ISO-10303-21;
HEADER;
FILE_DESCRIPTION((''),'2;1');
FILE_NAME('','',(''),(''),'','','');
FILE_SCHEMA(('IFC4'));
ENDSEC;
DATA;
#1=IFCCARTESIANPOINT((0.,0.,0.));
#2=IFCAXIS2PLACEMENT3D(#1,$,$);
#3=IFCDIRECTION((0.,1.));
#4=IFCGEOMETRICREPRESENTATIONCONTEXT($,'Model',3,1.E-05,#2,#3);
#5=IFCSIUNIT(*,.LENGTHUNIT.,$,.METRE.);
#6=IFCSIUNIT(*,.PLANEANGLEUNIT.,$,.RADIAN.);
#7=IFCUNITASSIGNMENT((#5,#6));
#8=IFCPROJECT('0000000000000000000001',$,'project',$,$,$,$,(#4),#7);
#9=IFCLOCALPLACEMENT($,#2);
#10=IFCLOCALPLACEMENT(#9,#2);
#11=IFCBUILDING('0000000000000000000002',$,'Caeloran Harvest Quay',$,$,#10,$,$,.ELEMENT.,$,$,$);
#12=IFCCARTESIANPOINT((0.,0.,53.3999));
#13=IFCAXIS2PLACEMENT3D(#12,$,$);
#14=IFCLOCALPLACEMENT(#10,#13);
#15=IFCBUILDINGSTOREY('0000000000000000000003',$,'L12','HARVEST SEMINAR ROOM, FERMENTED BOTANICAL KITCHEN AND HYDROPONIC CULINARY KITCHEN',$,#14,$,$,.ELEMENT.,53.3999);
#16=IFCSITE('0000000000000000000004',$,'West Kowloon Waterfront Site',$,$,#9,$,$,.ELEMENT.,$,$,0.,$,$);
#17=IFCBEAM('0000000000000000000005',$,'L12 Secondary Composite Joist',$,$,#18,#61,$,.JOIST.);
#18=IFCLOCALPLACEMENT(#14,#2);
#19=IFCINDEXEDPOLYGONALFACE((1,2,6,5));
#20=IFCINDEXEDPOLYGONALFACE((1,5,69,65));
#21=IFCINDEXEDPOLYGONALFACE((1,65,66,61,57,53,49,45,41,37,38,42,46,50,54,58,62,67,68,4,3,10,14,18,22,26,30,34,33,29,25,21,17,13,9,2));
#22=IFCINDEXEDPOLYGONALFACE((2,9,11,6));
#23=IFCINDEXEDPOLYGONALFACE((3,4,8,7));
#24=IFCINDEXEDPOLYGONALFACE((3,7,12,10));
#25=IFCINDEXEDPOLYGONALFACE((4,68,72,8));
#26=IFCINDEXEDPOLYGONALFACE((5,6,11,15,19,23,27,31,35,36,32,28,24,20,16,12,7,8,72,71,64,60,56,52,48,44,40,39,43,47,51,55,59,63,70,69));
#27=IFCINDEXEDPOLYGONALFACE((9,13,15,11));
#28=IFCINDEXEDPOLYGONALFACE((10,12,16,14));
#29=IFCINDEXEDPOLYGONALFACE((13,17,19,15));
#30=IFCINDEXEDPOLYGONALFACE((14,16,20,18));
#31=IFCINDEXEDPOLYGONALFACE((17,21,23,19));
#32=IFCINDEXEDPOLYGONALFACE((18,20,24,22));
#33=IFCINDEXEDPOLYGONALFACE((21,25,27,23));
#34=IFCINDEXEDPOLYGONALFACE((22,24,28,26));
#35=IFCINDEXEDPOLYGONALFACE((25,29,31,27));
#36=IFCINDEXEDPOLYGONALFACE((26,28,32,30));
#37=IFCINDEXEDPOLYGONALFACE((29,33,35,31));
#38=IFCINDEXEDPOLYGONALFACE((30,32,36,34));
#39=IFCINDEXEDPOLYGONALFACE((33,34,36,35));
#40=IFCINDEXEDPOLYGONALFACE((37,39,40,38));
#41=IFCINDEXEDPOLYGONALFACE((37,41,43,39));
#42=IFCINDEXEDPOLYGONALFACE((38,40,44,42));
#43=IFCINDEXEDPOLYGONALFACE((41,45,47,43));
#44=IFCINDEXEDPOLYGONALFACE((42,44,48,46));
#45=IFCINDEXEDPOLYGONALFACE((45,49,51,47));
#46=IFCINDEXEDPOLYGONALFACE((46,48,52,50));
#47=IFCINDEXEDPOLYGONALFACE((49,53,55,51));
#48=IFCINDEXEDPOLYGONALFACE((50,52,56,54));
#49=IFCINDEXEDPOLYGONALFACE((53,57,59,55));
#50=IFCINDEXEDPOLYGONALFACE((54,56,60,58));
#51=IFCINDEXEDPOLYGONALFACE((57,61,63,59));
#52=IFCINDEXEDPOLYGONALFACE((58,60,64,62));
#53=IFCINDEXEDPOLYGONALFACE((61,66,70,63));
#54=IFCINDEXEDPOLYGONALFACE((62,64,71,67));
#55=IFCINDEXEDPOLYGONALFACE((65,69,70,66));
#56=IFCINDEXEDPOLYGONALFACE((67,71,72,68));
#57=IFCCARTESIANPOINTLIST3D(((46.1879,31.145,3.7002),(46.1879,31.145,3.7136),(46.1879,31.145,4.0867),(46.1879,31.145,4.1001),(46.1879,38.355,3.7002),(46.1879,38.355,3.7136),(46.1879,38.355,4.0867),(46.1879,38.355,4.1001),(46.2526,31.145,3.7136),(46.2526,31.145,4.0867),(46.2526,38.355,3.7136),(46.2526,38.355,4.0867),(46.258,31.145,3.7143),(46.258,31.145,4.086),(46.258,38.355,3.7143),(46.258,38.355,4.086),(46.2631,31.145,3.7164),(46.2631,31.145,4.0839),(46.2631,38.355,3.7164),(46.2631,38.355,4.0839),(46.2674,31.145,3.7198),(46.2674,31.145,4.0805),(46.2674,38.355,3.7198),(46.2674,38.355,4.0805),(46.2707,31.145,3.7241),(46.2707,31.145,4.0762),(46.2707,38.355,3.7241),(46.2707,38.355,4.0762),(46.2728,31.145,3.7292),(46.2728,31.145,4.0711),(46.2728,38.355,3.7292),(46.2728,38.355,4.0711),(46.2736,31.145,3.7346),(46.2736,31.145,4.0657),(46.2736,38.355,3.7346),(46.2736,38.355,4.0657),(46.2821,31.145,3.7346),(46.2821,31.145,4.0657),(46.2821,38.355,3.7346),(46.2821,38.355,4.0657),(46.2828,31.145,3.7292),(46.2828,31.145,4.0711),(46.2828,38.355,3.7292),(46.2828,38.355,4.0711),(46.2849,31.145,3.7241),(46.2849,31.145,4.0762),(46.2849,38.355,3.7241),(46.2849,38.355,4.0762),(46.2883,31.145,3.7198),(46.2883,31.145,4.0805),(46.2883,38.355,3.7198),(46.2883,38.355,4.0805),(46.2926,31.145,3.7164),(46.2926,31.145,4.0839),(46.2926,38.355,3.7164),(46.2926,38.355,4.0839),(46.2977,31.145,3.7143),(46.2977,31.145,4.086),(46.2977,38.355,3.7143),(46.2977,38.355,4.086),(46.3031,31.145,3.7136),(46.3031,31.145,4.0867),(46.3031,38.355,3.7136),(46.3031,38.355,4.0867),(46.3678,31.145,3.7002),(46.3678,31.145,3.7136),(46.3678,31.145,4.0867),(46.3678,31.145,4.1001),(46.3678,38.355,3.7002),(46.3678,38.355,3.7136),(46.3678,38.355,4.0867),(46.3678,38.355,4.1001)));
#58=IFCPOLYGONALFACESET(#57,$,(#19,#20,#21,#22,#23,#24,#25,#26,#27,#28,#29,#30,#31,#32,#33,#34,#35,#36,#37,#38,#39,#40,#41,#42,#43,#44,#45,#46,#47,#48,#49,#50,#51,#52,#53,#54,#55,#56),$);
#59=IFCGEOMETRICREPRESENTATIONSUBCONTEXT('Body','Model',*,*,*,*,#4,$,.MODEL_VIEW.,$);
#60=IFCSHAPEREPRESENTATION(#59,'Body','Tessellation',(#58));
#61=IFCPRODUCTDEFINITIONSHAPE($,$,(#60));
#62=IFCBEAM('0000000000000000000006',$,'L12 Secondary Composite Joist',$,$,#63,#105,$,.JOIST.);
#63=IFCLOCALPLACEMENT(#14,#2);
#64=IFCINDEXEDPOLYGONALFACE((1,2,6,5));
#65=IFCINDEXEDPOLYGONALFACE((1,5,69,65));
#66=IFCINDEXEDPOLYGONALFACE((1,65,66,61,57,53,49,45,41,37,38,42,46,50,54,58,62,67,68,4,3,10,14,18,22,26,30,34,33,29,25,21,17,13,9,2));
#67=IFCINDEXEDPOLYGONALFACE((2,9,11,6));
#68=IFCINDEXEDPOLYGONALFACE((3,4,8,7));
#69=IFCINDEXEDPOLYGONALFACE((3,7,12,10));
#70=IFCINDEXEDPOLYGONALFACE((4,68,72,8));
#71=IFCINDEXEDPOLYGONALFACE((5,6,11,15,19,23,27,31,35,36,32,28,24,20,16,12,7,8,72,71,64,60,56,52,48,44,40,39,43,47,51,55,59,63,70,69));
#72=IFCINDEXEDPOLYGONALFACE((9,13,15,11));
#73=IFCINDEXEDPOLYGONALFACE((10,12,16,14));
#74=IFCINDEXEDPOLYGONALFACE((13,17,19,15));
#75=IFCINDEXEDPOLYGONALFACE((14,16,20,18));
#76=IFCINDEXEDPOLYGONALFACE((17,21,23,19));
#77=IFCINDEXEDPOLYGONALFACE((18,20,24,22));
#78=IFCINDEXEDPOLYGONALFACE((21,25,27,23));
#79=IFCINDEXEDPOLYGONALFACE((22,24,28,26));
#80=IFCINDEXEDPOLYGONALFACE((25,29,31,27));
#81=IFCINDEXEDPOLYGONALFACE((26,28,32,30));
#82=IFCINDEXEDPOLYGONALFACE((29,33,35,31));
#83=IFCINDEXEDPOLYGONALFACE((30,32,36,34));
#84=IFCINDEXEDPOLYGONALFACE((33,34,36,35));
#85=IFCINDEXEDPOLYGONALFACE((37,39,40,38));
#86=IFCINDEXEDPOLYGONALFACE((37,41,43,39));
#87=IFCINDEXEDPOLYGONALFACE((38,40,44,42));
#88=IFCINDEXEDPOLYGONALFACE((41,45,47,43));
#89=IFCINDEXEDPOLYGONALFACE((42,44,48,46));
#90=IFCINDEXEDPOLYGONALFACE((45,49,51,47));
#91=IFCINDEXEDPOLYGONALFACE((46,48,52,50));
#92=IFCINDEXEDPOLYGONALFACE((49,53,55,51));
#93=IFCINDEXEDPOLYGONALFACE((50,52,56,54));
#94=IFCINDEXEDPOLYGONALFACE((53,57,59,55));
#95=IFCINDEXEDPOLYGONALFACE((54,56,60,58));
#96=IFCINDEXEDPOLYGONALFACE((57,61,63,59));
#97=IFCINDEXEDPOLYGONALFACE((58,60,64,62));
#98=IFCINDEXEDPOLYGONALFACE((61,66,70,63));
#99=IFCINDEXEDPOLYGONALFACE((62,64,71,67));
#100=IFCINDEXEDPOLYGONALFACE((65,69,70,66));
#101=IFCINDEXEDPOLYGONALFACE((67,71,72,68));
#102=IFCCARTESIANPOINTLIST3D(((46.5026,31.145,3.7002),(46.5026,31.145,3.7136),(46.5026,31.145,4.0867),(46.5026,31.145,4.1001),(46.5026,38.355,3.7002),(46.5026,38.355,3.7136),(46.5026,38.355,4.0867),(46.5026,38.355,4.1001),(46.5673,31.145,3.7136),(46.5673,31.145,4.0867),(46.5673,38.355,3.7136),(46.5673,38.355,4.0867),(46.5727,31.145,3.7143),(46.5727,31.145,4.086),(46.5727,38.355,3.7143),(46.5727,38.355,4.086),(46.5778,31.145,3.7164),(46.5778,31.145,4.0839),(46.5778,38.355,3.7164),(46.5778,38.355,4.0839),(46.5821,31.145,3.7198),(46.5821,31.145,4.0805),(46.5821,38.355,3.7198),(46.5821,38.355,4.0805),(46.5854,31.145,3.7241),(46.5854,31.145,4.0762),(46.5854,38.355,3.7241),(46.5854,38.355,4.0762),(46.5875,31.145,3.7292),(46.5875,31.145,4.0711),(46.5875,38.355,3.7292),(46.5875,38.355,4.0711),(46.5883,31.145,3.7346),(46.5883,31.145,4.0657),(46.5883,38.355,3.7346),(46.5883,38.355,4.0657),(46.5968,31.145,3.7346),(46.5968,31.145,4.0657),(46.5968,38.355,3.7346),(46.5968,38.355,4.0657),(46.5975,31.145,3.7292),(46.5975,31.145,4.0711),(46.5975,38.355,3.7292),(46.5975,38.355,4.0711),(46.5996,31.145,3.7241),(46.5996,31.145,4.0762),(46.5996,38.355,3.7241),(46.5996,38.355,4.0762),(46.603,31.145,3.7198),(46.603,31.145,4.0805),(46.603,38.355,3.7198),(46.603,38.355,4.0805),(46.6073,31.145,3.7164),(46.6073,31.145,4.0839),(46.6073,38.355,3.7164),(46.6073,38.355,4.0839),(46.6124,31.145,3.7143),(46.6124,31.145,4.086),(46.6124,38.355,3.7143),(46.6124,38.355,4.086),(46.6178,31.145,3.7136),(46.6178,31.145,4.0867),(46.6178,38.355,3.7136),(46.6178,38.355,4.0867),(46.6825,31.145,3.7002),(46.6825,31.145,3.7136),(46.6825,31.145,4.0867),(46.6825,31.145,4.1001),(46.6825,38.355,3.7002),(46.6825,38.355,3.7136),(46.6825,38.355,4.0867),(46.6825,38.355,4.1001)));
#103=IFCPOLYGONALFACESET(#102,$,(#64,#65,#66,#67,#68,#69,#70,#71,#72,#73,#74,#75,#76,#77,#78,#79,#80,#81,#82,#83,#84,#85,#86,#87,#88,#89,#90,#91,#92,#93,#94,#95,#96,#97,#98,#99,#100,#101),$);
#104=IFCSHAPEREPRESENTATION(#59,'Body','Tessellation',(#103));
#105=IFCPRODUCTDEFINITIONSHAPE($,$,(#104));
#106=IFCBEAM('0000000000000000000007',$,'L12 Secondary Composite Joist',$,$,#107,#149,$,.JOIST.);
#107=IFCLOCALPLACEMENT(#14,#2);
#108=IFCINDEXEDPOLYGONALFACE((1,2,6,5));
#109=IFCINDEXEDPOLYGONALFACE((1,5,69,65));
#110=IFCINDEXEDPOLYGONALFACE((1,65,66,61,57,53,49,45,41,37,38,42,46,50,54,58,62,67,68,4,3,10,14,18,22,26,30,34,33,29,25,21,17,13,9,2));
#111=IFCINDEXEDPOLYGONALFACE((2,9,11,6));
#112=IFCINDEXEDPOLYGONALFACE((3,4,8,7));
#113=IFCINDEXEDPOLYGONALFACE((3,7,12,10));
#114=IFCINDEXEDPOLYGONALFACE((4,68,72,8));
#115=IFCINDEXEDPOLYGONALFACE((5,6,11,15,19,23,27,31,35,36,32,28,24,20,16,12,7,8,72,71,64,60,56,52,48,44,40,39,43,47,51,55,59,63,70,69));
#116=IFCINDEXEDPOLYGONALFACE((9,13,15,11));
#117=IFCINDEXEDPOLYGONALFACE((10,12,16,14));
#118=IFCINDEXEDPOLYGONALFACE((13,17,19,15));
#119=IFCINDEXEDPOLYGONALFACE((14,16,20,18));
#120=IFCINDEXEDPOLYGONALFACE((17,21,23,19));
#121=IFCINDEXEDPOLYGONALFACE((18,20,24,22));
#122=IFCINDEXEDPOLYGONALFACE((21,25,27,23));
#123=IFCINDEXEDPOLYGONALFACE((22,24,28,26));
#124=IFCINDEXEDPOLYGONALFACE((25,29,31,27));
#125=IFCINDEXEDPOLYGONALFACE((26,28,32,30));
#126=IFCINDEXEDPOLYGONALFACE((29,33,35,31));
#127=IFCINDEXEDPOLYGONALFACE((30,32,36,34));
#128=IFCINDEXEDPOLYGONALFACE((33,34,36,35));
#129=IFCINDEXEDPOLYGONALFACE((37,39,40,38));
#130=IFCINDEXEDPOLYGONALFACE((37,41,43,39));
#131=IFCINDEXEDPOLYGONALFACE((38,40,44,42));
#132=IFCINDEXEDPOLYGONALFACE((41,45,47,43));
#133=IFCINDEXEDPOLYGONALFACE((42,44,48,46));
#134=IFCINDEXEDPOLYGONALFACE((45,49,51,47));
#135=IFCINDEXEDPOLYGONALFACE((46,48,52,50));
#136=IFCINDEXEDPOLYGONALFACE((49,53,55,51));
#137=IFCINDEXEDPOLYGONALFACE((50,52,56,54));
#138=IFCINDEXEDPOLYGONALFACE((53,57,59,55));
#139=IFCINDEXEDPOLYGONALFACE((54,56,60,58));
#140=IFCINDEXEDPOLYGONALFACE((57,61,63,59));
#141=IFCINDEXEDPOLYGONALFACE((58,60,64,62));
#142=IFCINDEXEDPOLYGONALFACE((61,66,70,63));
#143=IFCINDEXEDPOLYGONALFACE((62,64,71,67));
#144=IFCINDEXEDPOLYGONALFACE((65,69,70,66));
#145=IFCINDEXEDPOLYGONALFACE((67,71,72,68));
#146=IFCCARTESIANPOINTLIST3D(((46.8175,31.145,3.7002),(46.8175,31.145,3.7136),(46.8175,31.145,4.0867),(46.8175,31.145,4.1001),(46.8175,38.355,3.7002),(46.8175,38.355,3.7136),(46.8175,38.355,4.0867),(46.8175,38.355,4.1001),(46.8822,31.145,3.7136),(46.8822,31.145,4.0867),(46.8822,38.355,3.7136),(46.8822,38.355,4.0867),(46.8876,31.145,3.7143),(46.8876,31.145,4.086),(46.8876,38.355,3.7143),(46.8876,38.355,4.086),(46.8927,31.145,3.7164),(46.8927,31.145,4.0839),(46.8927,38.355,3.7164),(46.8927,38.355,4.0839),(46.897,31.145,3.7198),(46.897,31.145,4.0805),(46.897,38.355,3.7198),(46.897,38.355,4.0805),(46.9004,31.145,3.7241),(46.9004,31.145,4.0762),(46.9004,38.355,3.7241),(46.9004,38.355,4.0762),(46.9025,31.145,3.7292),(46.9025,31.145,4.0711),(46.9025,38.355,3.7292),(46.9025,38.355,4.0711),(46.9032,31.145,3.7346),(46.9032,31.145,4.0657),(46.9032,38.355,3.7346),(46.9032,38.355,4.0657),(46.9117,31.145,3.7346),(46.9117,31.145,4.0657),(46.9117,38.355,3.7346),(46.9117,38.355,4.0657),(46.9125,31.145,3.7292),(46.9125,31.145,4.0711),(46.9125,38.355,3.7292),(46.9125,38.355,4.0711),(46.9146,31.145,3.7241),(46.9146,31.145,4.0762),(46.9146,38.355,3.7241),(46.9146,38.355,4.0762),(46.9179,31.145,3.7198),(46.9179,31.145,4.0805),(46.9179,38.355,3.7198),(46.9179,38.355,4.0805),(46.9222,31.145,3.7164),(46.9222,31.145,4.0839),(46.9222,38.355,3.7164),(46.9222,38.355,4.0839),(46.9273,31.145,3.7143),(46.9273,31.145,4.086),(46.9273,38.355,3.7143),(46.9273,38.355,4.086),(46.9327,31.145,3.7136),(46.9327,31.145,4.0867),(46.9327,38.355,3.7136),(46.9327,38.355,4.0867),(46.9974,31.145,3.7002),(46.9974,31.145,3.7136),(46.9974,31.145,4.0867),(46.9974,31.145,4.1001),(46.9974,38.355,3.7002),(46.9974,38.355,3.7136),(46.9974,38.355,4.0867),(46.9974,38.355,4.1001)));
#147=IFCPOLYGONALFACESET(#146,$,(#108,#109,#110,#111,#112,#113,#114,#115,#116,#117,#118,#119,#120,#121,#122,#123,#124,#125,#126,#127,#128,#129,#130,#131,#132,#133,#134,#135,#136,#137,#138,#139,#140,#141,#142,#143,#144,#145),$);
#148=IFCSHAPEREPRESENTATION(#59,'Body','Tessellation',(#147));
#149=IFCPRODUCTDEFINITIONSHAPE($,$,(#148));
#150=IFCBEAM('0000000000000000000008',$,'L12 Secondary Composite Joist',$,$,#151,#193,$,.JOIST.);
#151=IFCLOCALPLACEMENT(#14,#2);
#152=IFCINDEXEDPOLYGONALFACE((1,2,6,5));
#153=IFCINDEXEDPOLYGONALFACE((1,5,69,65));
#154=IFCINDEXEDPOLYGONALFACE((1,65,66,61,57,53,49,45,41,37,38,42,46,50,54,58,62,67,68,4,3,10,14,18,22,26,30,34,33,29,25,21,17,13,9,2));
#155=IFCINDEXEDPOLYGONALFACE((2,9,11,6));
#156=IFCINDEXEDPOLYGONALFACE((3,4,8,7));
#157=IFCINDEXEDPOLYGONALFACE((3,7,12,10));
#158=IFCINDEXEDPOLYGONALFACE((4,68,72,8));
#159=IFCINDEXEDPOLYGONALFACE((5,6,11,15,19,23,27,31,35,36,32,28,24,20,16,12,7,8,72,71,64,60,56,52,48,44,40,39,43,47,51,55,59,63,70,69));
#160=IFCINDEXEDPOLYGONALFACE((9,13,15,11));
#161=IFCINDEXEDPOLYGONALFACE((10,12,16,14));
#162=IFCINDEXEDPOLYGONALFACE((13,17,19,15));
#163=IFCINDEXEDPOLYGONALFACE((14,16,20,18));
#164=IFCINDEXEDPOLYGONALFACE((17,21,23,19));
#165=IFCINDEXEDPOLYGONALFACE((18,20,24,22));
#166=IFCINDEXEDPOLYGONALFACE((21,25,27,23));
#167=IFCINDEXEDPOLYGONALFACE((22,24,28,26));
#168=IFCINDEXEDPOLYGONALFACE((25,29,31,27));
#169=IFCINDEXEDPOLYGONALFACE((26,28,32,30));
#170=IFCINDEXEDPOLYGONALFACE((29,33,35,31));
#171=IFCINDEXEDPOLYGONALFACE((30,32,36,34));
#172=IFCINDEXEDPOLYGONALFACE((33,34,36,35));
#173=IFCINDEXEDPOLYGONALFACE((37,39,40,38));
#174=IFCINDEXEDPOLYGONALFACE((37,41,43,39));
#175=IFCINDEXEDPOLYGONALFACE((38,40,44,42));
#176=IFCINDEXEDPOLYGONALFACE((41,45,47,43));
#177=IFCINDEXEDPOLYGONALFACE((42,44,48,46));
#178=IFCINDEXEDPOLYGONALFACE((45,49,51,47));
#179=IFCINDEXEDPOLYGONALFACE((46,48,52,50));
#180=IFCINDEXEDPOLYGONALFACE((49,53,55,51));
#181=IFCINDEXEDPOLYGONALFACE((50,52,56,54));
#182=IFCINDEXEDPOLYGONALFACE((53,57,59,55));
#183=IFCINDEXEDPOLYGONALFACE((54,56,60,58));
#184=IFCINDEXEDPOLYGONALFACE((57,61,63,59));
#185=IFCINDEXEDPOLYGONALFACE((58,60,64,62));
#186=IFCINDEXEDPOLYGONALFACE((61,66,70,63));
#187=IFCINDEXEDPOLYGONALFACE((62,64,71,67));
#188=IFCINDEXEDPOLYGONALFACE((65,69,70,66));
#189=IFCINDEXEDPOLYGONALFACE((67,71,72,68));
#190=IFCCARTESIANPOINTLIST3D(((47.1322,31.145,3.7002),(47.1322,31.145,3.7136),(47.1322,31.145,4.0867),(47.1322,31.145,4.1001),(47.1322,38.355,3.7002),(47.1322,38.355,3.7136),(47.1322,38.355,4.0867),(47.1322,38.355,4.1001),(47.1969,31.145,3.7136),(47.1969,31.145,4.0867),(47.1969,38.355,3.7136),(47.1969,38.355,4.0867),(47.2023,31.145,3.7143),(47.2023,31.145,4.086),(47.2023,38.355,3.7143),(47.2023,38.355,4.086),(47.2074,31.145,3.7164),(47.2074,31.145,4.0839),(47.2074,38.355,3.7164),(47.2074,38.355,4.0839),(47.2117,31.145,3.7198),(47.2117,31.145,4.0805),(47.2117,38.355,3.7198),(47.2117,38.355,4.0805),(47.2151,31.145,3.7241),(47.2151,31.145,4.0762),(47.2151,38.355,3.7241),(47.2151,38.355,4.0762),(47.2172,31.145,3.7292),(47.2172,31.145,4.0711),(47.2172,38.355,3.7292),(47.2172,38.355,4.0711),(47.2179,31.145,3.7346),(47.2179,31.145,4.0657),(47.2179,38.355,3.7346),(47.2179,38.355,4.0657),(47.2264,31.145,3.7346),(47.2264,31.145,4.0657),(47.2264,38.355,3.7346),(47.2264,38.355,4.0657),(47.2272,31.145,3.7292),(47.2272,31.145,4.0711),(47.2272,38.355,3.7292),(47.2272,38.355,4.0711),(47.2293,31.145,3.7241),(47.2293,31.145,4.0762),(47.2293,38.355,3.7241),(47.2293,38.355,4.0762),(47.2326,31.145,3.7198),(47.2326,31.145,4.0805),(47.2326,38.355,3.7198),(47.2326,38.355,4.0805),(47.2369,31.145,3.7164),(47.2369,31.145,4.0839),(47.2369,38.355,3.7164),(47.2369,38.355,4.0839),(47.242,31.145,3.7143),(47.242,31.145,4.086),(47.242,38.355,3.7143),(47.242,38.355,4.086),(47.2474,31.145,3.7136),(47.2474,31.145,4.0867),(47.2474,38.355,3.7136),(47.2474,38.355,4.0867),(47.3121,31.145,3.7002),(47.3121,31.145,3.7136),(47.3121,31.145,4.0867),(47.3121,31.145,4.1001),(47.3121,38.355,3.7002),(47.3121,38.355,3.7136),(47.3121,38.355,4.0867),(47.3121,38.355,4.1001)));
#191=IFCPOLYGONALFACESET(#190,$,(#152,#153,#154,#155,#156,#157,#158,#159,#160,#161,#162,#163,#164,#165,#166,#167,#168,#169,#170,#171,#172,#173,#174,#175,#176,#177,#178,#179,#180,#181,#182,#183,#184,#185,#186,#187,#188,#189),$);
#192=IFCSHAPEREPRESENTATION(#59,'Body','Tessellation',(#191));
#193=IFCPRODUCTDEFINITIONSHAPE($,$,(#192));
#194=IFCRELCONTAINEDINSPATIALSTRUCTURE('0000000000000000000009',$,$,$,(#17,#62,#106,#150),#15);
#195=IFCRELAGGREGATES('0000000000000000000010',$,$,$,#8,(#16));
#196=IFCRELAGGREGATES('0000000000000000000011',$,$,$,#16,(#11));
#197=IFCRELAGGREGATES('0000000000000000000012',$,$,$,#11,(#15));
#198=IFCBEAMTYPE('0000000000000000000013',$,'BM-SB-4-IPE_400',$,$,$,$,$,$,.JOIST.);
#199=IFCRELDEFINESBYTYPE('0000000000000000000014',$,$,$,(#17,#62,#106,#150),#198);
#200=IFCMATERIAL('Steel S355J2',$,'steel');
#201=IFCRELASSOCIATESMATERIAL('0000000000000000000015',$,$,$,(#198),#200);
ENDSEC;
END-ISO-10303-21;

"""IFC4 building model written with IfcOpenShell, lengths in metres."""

from ifc_helpers import new_model, si_unit, direction, frame, origin, origin_2d, place, context, subcontext, project, spatial, i_section, extrude, material, material_profile, profile_set, type_object, element, save


model = new_model("IFC4")

# Units and contexts
model_context = context("Model", 3, precision=1e-05, world=origin(), true_north=direction((0.0, 1.0)))
body_context = subcontext(model_context, "Body", "Model", "MODEL_VIEW")
ifc_project = project(units=[si_unit("LENGTHUNIT", "METRE"), si_unit("PLANEANGLEUNIT", "RADIAN")], contexts=[model_context])

# Site, building, storey
site_placement = place(None, origin())
site = spatial("IfcSite", under=ifc_project, at=site_placement, Name="West Kowloon Waterfront Site", CompositionType="ELEMENT", RefElevation=0.0)
building_placement = place(site_placement, origin())
building = spatial("IfcBuilding", under=site, at=building_placement, Name="Caeloran Harvest Quay", CompositionType="ELEMENT")
storey_placement = place(building_placement, frame((0.0, 0.0, 53.3999)))
storey = spatial("IfcBuildingStorey", under=building, at=storey_placement, Name="L12", Description="HARVEST SEMINAR ROOM, FERMENTED BOTANICAL KITCHEN AND HYDROPONIC CULINARY KITCHEN", CompositionType="ELEMENT", Elevation=53.3999)

# Beams
ifc_material_1 = material(Name="Steel S355J2", Category="steel")
ifc_material_profile_1 = material_profile(ifc_material_1, i_section(OverallWidth=0.1799, OverallDepth=0.3999, WebThickness=0.0085, FlangeThickness=0.0134, FilletRadius=0.021, at=origin_2d()), Name="IPE 400")
ifc_profile_set_1 = profile_set([ifc_material_profile_1], Name="Steel S355J2")
beam_type_1 = type_object("IfcBeamType", Name="BM-SB-4-IPE_400", PredefinedType="JOIST", material=ifc_profile_set_1)
for number, where, z_axis, x_axis, name in (
    (1, (46.2778, 31.145, 3.9001), (0.0, 1.0, 0.0), (-1.0, 0.0, 0.0), "L12 Secondary Composite Joist"),
    (2, (46.5925, 31.145, 3.9001), (0.0, 1.0, 0.0), (-1.0, 0.0, 0.0), "L12 Secondary Composite Joist"),
    (3, (46.9075, 31.145, 3.9001), (0.0, 1.0, 0.0), (-1.0, 0.0, 0.0), "L12 Secondary Composite Joist"),
    (4, (47.2222, 31.145, 3.9001), (0.0, 1.0, 0.0), (-1.0, 0.0, 0.0), "L12 Secondary Composite Joist"),
):
    element("IfcBeam", number, at=place(storey_placement, frame(where, z_axis=z_axis, x_axis=x_axis)), inside=storey, type_object=beam_type_1, Name=name, PredefinedType="JOIST", context=body_context, shape_type="SweptSolid", body=[
        extrude(i_section(OverallWidth=0.1799, OverallDepth=0.3999, WebThickness=0.0085, FlangeThickness=0.0134, FilletRadius=0.021, at=origin_2d()), origin(), (0.0, 0.0, 1.0), 7.21),
    ])

save(model, "model.ifc")
